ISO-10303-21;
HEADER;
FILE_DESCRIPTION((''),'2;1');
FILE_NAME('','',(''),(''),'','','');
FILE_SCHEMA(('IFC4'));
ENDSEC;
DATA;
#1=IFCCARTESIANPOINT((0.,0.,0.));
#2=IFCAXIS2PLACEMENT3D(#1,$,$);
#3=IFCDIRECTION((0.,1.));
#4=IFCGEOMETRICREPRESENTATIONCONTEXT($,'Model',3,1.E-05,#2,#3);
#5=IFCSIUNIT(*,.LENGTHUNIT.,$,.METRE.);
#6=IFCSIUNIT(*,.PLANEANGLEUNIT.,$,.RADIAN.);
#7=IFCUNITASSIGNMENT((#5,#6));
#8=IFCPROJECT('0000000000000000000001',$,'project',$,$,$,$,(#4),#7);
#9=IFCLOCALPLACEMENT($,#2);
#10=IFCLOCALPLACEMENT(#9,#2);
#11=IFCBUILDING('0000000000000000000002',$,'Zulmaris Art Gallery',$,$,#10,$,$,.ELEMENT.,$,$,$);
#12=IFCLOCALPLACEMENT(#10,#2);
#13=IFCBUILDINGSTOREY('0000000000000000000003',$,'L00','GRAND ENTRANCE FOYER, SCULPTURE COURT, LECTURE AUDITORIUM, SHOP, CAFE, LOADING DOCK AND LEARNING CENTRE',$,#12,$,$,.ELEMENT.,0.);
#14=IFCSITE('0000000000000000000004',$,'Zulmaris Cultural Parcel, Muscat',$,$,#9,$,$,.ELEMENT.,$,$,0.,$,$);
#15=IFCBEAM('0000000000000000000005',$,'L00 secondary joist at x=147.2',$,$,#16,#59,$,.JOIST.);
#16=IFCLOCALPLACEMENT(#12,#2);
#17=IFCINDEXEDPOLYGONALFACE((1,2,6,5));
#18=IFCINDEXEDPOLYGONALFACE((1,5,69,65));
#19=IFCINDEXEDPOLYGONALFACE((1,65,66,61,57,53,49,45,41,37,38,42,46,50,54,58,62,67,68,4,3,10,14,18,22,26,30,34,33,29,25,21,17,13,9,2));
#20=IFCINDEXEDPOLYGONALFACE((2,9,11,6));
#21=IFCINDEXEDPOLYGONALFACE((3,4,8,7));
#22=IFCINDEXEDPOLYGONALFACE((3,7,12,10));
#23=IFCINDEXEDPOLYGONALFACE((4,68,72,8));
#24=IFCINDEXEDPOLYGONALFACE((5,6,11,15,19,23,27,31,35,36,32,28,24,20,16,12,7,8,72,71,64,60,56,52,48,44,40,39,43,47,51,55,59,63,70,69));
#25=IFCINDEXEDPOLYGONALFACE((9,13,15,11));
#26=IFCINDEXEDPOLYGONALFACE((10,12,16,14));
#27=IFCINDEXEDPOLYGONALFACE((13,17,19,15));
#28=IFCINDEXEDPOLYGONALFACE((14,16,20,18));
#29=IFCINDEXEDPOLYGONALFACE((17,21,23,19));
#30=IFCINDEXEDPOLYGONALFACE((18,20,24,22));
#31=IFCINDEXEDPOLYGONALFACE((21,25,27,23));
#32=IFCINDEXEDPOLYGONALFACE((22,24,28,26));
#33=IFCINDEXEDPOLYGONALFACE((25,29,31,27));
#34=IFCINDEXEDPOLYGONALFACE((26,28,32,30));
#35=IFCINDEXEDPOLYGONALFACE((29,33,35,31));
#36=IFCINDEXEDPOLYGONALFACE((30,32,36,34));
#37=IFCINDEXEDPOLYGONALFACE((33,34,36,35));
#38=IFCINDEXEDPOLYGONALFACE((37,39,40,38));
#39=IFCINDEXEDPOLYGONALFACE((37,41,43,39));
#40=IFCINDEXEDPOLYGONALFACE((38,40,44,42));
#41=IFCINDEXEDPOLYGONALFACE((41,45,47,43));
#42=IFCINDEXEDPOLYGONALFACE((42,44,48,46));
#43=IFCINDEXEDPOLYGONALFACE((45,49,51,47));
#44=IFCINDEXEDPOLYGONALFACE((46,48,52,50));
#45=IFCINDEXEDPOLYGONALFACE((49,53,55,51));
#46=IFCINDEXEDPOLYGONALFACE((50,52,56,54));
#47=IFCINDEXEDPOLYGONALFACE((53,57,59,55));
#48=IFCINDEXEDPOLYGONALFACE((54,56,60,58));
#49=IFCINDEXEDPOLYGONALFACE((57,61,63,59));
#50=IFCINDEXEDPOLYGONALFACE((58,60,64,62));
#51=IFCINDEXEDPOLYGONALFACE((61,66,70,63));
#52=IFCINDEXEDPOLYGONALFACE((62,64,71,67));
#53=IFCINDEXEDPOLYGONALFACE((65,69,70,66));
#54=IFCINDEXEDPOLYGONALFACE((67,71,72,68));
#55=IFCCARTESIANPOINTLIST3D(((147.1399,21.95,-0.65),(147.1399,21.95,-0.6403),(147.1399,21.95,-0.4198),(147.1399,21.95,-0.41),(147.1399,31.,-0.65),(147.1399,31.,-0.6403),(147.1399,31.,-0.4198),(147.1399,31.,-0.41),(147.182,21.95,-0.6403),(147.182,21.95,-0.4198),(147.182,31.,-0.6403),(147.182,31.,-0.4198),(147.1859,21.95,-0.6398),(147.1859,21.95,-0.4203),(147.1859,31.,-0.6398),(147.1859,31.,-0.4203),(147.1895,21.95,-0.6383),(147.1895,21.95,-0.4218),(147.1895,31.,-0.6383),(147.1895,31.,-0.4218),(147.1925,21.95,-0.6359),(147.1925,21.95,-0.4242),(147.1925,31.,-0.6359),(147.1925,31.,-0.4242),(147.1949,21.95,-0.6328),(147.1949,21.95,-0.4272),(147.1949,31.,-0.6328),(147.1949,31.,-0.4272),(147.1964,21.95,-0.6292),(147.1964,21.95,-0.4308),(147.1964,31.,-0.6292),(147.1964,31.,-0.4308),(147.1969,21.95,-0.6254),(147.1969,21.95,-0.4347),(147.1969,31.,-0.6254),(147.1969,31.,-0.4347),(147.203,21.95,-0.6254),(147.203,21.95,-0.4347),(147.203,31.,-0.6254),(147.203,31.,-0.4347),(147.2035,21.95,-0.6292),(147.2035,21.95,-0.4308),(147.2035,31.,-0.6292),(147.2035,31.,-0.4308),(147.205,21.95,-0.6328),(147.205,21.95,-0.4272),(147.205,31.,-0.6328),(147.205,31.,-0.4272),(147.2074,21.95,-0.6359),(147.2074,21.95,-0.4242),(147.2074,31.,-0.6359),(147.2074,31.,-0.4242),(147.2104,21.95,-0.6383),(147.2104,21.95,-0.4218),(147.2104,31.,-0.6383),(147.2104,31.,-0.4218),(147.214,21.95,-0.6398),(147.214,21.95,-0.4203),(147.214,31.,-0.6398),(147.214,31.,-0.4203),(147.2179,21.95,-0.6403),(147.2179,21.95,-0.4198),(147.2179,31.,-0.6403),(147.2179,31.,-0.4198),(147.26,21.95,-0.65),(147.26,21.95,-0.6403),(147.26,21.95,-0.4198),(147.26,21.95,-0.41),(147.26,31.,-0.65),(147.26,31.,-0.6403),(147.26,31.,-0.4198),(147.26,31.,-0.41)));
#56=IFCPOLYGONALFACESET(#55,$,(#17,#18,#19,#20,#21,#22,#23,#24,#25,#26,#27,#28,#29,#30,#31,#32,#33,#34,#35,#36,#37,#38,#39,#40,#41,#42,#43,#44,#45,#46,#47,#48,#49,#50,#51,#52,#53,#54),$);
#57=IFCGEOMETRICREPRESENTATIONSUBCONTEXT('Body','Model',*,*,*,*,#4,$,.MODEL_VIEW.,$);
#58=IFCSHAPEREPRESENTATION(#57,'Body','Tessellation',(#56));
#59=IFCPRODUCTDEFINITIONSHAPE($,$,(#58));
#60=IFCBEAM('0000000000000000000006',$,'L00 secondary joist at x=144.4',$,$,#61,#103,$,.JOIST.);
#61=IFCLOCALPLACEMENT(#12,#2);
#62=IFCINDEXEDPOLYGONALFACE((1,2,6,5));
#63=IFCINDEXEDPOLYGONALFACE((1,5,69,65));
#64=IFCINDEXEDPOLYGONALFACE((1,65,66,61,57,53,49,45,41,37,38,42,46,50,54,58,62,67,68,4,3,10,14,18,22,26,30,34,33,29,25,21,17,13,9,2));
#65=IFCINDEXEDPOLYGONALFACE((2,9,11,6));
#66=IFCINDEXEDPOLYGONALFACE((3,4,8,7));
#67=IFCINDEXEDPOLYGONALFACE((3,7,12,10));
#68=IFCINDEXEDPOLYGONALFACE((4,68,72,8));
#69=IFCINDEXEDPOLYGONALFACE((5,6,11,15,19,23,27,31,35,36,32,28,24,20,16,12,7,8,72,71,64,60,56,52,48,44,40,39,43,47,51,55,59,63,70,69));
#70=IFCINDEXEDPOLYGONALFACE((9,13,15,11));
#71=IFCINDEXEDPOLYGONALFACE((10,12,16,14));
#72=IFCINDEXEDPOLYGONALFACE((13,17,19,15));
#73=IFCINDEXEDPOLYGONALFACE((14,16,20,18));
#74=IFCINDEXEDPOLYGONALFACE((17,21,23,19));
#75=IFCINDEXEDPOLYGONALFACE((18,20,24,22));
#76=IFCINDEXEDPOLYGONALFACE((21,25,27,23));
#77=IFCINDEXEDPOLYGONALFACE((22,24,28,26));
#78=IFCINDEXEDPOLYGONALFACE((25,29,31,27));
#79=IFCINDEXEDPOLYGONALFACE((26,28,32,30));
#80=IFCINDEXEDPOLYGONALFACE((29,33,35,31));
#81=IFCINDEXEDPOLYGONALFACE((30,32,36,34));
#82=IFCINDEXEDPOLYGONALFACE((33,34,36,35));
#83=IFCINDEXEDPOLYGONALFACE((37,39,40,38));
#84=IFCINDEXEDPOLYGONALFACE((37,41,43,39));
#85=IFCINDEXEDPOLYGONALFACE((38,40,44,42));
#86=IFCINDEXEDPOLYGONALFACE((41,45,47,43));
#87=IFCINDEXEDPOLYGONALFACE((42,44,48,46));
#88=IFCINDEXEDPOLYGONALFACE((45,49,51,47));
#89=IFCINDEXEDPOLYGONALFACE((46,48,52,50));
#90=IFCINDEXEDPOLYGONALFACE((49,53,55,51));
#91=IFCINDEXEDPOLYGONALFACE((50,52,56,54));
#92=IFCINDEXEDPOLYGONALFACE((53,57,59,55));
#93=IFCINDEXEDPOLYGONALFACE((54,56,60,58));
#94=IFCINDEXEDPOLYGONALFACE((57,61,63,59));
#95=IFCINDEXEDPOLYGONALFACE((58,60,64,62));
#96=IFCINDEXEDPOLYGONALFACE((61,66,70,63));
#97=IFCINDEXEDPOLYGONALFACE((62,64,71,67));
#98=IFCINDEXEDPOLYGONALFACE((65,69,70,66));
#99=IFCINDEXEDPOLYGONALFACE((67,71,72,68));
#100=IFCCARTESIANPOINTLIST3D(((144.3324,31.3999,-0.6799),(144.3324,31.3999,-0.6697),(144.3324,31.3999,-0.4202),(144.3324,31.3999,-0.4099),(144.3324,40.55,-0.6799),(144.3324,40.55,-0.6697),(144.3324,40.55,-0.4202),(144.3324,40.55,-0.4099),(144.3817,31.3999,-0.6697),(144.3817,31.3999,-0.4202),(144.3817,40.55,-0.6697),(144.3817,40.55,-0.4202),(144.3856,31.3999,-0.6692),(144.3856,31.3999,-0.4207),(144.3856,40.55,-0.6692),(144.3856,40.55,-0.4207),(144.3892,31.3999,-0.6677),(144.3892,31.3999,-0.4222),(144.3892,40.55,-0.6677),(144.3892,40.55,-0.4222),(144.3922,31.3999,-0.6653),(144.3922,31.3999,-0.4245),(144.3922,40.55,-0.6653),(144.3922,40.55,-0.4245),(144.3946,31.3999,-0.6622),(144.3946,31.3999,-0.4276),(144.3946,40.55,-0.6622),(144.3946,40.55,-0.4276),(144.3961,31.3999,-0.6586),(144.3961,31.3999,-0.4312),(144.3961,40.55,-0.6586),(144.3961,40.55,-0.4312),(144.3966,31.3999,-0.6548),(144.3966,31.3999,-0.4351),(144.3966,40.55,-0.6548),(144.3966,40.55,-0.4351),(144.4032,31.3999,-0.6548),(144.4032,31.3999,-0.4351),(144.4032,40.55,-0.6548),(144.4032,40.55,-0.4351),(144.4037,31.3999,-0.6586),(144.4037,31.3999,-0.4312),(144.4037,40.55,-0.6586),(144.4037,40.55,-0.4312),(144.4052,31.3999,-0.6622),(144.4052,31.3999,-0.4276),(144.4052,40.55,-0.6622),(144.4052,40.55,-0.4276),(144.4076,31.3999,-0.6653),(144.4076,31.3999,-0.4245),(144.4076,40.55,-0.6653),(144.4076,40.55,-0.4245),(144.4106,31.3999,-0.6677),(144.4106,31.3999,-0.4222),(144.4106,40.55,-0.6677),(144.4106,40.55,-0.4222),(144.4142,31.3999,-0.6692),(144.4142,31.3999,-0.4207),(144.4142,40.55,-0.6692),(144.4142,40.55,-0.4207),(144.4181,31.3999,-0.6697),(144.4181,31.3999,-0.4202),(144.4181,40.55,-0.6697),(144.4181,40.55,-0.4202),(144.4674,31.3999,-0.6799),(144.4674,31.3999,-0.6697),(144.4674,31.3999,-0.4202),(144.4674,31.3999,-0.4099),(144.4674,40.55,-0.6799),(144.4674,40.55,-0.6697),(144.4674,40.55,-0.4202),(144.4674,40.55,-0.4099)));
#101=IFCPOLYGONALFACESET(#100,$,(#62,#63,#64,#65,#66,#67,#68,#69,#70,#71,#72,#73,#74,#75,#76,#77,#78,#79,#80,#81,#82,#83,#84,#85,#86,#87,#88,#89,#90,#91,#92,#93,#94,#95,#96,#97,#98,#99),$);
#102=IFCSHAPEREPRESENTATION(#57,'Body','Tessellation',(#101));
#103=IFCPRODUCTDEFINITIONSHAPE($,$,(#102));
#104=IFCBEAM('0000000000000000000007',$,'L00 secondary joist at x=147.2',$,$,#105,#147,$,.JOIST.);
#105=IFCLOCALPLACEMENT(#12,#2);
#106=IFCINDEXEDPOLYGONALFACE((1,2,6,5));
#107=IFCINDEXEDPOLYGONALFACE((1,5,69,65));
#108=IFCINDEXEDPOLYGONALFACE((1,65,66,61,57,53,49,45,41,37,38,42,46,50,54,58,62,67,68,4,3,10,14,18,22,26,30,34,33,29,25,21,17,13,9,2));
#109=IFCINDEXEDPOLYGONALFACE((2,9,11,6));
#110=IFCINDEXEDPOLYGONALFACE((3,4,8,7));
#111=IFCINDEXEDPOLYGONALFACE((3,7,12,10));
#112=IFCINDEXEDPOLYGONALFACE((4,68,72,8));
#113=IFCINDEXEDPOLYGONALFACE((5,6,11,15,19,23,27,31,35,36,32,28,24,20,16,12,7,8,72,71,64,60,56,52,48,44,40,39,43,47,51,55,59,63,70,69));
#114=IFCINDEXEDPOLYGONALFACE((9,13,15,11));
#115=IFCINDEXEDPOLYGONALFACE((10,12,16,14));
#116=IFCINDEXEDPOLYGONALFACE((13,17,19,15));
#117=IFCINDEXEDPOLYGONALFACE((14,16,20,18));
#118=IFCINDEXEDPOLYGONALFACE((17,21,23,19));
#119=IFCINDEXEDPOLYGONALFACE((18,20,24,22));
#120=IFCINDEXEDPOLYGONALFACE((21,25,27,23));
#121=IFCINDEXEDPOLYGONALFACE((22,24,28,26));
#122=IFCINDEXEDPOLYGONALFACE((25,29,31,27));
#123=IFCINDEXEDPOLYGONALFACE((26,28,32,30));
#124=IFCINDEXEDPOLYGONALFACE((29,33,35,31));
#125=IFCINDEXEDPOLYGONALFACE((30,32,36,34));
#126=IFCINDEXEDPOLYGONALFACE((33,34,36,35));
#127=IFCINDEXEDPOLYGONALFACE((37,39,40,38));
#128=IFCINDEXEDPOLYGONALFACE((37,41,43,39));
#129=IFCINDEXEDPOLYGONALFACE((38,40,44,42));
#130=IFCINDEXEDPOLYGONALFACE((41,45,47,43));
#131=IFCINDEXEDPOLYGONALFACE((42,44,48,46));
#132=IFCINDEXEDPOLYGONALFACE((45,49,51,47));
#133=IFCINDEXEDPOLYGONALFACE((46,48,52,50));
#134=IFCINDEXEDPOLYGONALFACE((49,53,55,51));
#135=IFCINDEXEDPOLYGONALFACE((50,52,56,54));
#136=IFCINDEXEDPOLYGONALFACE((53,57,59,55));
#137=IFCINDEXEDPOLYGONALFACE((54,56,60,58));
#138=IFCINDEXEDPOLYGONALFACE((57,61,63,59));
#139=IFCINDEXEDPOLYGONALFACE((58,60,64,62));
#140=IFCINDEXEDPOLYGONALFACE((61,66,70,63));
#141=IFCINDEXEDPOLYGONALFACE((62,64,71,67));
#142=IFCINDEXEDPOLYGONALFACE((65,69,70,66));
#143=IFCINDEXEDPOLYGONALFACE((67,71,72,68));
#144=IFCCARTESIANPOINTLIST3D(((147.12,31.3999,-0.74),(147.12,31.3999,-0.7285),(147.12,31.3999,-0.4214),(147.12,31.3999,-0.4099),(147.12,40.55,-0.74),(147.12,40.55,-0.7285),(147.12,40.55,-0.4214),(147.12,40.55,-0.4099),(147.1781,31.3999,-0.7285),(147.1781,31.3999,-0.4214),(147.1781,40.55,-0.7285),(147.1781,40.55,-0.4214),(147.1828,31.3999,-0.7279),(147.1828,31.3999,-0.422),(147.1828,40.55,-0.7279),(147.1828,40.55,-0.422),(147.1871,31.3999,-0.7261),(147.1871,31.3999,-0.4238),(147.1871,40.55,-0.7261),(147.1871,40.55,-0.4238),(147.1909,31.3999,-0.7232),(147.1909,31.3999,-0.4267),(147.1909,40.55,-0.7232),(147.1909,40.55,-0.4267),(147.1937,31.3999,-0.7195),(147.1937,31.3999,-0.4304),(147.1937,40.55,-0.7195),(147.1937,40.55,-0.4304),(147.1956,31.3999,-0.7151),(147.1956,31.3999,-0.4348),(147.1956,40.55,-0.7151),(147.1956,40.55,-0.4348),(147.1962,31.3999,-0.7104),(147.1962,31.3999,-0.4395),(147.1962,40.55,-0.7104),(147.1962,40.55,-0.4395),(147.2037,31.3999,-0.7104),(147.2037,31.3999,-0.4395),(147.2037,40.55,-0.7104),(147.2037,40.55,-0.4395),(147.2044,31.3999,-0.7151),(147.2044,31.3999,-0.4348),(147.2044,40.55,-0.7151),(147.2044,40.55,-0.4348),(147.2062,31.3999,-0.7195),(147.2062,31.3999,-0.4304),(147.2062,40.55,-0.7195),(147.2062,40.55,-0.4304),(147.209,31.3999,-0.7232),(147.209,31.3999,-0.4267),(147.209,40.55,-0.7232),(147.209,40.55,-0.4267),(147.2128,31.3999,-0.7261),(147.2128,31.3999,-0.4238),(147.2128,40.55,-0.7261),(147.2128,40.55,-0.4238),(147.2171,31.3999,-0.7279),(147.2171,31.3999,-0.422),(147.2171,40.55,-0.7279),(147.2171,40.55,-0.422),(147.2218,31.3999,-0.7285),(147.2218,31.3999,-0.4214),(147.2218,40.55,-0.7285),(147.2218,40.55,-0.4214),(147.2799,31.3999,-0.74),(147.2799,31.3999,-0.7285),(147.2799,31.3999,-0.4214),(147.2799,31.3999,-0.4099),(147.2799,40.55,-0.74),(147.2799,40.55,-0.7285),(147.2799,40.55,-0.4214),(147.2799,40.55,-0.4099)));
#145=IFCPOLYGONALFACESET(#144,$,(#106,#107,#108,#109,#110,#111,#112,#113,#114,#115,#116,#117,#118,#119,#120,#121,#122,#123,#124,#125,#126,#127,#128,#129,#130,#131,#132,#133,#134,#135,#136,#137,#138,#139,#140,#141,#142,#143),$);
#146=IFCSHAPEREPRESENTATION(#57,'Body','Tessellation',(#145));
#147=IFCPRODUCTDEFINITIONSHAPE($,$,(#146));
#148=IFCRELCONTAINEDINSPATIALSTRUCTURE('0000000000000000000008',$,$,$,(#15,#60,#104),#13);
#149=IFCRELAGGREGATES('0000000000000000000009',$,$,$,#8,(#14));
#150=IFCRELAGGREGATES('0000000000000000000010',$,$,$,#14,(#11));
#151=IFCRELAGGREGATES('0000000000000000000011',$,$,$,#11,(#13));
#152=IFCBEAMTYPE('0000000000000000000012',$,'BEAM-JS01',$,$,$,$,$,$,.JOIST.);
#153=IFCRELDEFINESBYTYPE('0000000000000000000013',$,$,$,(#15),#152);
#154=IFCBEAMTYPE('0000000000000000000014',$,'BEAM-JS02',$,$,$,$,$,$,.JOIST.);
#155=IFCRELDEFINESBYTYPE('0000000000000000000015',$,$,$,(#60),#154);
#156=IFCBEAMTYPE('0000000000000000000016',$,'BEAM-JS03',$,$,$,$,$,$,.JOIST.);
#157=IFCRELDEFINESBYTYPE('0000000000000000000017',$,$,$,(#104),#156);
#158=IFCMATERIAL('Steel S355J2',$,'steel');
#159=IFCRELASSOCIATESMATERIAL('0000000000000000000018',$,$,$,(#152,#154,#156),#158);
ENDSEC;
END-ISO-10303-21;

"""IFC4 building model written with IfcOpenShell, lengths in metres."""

from ifc_helpers import new_model, si_unit, direction, frame, origin, origin_2d, place, context, subcontext, project, spatial, i_section, extrude, material, material_profile, profile_set, type_object, element, save


model = new_model("IFC4")

# Units and contexts
model_context = context("Model", 3, precision=1e-05, world=origin(), true_north=direction((0.0, 1.0)))
body_context = subcontext(model_context, "Body", "Model", "MODEL_VIEW")
ifc_project = project(units=[si_unit("LENGTHUNIT", "METRE"), si_unit("PLANEANGLEUNIT", "RADIAN")], contexts=[model_context])

# Site, building, storey
site_placement = place(None, origin())
site = spatial("IfcSite", under=ifc_project, at=site_placement, Name="Zulmaris Cultural Parcel, Muscat", CompositionType="ELEMENT", RefElevation=0.0)
building_placement = place(site_placement, origin())
building = spatial("IfcBuilding", under=site, at=building_placement, Name="Zulmaris Art Gallery", CompositionType="ELEMENT")
storey_placement = place(building_placement, origin())
storey = spatial("IfcBuildingStorey", under=building, at=storey_placement, Name="L00", Description="GRAND ENTRANCE FOYER, SCULPTURE COURT, LECTURE AUDITORIUM, SHOP, CAFE, LOADING DOCK AND LEARNING CENTRE", CompositionType="ELEMENT", Elevation=0.0)

# Beams
ifc_material_1 = material(Name="Steel S355J2", Category="steel")
ifc_material_profile_1 = material_profile(ifc_material_1, i_section(OverallWidth=0.1201, OverallDepth=0.24, WebThickness=0.0061, FlangeThickness=0.0098, FilletRadius=0.0149, at=origin_2d()), Name="IPE 240")
ifc_profile_set_1 = profile_set([ifc_material_profile_1], Name="Steel S355J2")
beam_type_1 = type_object("IfcBeamType", Name="BEAM-JS01", PredefinedType="JOIST", material=ifc_profile_set_1)
beam_1_placement = place(storey_placement, frame((147.2, 21.95, -0.53), z_axis=(0.0, 1.0, 0.0), x_axis=(-1.0, 0.0, 0.0)))
element("IfcBeam", 1, at=beam_1_placement, inside=storey, type_object=beam_type_1, Name="L00 secondary joist at x=147.2", PredefinedType="JOIST", context=body_context, shape_type="SweptSolid", body=[
    extrude(i_section(OverallWidth=0.1201, OverallDepth=0.24, WebThickness=0.0061, FlangeThickness=0.0098, FilletRadius=0.0149, at=origin_2d()), origin(), (0.0, 0.0, 1.0), 9.05),
])
ifc_material_profile_2 = material_profile(ifc_material_1, i_section(OverallWidth=0.135, OverallDepth=0.27, WebThickness=0.0066, FlangeThickness=0.0103, FilletRadius=0.0149, at=origin_2d()), Name="IPE 270")
ifc_profile_set_2 = profile_set([ifc_material_profile_2], Name="Steel S355J2")
beam_type_2 = type_object("IfcBeamType", Name="BEAM-JS02", PredefinedType="JOIST", material=ifc_profile_set_2)
beam_2_placement = place(storey_placement, frame((144.3999, 31.3999, -0.5449), z_axis=(0.0, 1.0, 0.0), x_axis=(-1.0, 0.0, 0.0)))
element("IfcBeam", 2, at=beam_2_placement, inside=storey, type_object=beam_type_2, Name="L00 secondary joist at x=144.4", PredefinedType="JOIST", context=body_context, shape_type="SweptSolid", body=[
    extrude(i_section(OverallWidth=0.135, OverallDepth=0.27, WebThickness=0.0066, FlangeThickness=0.0103, FilletRadius=0.0149, at=origin_2d()), origin(), (0.0, 0.0, 1.0), 9.1501),
])
ifc_material_profile_3 = material_profile(ifc_material_1, i_section(OverallWidth=0.1599, OverallDepth=0.3301, WebThickness=0.0076, FlangeThickness=0.0115, FilletRadius=0.0181, at=origin_2d()), Name="IPE 330")
ifc_profile_set_3 = profile_set([ifc_material_profile_3], Name="Steel S355J2")
beam_type_3 = type_object("IfcBeamType", Name="BEAM-JS03", PredefinedType="JOIST", material=ifc_profile_set_3)
beam_3_placement = place(storey_placement, frame((147.2, 31.3999, -0.575), z_axis=(0.0, 1.0, 0.0), x_axis=(-1.0, 0.0, 0.0)))
element("IfcBeam", 3, at=beam_3_placement, inside=storey, type_object=beam_type_3, Name="L00 secondary joist at x=147.2", PredefinedType="JOIST", context=body_context, shape_type="SweptSolid", body=[
    extrude(i_section(OverallWidth=0.1599, OverallDepth=0.3301, WebThickness=0.0076, FlangeThickness=0.0115, FilletRadius=0.0181, at=origin_2d()), origin(), (0.0, 0.0, 1.0), 9.1501),
])

save(model, "model.ifc")
